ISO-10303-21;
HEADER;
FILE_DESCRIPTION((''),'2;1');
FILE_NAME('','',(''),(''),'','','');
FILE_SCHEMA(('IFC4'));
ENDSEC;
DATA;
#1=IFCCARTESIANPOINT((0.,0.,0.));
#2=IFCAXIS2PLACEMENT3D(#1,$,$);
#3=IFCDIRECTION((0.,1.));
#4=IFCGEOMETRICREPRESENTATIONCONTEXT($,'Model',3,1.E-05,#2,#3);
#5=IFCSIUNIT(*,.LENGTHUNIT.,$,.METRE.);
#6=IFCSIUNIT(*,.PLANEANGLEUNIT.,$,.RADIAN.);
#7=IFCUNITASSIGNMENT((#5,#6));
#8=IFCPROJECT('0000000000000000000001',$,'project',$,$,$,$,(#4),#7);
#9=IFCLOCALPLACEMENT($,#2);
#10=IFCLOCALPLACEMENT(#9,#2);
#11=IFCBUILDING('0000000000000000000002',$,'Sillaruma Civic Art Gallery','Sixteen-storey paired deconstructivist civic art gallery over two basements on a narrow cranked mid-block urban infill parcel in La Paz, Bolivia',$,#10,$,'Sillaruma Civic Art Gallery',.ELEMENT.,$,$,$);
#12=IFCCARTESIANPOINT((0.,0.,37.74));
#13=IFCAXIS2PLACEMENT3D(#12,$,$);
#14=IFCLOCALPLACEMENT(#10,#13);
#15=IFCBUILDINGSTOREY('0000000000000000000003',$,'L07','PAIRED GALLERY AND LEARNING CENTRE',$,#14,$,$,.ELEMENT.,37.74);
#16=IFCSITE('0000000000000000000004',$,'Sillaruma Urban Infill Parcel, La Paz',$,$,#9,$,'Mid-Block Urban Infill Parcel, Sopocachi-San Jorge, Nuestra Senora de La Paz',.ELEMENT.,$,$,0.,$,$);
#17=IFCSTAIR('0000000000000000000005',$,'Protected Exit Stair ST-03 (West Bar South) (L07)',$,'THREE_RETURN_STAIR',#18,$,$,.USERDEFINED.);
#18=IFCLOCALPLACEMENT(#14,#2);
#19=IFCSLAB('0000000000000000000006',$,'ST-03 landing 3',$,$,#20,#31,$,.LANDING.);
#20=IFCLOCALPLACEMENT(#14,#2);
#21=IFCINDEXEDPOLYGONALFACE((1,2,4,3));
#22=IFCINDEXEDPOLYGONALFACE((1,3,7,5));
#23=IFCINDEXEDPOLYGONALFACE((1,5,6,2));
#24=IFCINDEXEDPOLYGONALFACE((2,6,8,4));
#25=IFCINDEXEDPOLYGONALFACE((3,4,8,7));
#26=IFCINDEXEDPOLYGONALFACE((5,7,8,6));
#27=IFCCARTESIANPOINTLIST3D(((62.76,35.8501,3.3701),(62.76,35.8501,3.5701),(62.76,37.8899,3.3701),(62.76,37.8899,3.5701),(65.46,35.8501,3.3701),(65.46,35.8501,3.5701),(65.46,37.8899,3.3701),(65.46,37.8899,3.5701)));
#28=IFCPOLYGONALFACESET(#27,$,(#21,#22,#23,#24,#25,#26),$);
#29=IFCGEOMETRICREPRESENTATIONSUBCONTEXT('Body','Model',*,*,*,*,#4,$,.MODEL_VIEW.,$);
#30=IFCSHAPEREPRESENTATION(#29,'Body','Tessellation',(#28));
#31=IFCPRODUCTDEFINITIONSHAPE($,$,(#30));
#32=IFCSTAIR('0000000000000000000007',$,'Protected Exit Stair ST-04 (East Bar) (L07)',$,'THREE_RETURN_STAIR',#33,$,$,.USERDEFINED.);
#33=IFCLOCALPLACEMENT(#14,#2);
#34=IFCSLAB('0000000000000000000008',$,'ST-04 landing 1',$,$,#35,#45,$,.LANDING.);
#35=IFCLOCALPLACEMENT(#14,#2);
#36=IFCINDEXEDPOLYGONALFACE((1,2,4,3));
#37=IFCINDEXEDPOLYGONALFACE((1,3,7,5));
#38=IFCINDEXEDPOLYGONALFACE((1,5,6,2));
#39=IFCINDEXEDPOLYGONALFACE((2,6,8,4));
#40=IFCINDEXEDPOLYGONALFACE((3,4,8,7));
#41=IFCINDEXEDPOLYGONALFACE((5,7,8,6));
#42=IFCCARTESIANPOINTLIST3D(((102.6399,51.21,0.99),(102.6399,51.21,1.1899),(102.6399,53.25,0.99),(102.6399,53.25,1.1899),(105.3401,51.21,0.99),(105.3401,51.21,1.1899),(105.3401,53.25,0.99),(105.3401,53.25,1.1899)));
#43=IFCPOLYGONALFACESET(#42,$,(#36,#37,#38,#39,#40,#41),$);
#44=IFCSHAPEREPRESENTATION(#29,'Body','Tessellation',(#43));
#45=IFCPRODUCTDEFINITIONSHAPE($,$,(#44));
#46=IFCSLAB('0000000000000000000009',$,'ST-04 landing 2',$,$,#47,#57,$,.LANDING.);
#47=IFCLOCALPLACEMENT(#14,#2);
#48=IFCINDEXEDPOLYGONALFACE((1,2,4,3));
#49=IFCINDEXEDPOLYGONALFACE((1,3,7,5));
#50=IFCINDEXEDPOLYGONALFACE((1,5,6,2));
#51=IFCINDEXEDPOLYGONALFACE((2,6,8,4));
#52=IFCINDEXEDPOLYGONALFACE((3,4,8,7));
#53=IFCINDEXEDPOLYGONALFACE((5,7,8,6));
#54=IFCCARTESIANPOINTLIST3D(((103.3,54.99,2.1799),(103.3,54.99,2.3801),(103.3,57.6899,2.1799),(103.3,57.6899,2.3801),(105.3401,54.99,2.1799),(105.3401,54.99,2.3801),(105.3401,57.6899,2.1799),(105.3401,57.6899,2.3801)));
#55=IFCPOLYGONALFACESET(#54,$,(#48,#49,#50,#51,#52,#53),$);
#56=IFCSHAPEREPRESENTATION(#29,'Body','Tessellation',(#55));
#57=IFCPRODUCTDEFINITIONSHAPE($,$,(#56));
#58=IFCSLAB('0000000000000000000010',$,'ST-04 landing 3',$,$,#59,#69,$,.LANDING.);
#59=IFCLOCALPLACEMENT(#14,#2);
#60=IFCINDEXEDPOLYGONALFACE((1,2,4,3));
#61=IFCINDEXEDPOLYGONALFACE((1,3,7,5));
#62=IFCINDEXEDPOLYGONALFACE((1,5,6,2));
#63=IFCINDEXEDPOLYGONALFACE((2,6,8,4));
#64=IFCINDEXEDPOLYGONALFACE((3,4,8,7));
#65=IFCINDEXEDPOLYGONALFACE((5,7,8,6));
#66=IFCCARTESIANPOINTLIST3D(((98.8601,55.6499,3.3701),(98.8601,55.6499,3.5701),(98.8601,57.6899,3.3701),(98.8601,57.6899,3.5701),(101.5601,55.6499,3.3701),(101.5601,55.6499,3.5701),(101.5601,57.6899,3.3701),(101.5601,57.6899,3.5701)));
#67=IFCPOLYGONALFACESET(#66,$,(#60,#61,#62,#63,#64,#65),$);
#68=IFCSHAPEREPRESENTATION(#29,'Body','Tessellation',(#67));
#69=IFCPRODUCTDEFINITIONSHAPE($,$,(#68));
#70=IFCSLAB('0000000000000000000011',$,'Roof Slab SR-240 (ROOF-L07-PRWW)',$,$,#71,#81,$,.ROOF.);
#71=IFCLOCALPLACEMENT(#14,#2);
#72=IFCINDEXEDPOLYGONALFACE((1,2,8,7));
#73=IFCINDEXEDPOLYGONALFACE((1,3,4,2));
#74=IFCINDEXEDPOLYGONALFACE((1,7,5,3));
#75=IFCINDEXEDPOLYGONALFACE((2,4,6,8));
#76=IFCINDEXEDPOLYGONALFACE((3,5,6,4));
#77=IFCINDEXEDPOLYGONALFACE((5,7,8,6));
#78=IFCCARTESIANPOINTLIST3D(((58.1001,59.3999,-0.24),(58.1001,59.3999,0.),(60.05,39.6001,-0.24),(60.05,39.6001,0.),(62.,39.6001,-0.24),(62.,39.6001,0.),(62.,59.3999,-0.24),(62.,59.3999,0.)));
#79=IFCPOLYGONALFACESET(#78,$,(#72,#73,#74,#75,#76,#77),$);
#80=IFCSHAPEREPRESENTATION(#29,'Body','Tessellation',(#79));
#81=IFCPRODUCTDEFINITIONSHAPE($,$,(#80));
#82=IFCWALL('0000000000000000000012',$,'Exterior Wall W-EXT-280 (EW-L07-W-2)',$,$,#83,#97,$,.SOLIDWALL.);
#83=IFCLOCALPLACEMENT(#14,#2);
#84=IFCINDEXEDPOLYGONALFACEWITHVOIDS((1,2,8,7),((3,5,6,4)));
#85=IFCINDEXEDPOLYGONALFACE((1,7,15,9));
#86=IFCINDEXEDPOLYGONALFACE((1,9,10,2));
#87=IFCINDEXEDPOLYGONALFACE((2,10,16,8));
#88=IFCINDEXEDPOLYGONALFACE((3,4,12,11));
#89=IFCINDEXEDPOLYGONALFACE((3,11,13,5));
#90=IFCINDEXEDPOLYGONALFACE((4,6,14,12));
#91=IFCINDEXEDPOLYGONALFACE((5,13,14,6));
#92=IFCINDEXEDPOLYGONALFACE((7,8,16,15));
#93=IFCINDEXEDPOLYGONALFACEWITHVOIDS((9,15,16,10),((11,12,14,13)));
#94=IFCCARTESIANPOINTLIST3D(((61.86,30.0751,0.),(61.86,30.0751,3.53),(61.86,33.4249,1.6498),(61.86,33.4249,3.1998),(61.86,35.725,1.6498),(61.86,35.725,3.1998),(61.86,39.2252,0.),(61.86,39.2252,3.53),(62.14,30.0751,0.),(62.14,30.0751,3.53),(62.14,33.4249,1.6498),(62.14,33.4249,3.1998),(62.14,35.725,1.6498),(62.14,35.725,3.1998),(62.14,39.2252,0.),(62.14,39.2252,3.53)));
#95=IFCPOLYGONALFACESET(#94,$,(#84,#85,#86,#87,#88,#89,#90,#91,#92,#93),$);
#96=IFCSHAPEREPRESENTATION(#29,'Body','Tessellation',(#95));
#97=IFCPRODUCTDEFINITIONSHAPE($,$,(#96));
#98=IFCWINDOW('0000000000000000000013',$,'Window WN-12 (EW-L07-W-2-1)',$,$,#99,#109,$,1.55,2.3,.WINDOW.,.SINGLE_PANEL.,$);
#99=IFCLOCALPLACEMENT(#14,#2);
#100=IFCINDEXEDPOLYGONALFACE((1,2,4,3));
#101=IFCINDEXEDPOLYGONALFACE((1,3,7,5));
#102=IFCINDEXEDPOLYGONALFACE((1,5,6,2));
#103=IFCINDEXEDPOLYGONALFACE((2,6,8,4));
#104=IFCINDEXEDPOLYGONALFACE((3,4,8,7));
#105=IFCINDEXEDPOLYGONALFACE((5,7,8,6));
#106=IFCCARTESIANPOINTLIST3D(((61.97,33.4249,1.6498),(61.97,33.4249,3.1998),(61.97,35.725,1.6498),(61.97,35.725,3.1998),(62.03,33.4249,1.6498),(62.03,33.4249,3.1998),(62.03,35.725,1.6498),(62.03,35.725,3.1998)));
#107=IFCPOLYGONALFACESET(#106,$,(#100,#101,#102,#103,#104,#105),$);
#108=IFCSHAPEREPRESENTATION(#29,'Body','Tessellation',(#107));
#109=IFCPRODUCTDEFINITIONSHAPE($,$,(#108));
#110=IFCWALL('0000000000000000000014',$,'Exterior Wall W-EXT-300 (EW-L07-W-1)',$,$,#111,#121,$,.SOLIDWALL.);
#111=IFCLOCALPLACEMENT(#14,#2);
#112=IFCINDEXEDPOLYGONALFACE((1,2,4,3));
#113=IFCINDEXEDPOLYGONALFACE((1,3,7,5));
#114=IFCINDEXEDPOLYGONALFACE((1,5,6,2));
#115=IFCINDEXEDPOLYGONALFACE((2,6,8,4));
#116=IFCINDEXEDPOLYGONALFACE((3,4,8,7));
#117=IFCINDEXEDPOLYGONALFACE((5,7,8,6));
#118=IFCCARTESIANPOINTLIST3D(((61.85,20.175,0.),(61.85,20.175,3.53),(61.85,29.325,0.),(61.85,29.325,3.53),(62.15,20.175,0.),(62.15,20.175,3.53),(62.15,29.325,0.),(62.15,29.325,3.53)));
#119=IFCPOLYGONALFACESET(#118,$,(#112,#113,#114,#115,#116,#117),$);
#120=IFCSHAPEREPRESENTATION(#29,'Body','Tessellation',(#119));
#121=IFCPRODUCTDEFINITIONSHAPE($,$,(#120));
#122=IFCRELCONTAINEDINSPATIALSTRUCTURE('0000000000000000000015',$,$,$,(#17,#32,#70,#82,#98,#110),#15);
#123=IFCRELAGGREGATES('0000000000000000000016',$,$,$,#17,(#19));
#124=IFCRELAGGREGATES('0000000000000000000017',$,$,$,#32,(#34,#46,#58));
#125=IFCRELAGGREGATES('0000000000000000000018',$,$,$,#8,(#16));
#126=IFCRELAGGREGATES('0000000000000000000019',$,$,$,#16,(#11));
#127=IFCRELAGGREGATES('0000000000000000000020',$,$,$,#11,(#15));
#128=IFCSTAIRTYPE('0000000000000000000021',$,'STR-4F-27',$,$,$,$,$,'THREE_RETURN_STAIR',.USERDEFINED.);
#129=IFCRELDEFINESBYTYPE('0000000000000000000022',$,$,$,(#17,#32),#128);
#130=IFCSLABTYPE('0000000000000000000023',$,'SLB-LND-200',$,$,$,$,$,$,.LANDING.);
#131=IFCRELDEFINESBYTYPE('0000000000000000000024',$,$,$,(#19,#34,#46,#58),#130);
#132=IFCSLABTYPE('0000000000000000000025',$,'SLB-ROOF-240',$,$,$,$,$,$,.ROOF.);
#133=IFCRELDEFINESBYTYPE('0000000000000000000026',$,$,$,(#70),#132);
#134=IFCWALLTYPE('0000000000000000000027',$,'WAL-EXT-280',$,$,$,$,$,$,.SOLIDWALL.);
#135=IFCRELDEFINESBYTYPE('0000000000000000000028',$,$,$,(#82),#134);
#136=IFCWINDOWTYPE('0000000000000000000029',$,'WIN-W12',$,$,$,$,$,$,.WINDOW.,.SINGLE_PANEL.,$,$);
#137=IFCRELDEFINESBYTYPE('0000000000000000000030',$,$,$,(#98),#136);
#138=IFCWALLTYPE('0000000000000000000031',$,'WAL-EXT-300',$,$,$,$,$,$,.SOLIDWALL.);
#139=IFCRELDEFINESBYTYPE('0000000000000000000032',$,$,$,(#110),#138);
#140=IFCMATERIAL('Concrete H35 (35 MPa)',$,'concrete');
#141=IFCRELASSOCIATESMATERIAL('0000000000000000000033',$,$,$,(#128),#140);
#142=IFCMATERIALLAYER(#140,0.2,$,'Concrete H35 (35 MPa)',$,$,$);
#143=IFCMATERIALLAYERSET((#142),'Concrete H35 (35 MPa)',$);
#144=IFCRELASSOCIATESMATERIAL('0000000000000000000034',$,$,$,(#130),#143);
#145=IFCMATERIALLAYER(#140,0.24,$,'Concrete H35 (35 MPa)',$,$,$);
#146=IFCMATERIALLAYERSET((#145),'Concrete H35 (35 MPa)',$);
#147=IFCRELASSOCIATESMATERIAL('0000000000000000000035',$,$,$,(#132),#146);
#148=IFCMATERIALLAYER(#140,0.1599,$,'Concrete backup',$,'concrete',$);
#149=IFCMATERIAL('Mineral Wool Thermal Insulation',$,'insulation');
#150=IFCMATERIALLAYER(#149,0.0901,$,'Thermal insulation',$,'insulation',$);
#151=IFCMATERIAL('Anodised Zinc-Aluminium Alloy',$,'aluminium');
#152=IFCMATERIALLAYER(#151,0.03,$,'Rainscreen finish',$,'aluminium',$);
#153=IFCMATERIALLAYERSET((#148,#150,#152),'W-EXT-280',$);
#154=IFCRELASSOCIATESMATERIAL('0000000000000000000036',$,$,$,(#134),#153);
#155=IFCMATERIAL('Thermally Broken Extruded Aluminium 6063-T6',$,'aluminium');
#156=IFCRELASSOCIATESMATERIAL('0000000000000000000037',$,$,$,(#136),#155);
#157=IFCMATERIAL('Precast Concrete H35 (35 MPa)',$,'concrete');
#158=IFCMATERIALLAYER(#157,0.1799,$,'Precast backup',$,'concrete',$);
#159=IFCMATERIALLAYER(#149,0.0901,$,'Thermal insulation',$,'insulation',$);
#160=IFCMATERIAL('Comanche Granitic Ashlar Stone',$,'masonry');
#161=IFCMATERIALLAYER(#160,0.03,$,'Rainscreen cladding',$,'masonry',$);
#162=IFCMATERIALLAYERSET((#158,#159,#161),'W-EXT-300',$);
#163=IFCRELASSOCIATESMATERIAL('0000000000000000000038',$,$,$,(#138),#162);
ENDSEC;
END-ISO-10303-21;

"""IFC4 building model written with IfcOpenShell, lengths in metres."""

from ifc_helpers import new_model, si_unit, direction, frame, frame_2d, origin, place, context, subcontext, project, spatial, polyline, rectangle, outline, extrude, material, layer, layer_set, type_object, element, fill, aggregate, save


model = new_model("IFC4")

# Units and contexts
model_context = context("Model", 3, precision=1e-05, world=origin(), true_north=direction((0.0, 1.0)))
body_context = subcontext(model_context, "Body", "Model", "MODEL_VIEW")
ifc_project = project(units=[si_unit("LENGTHUNIT", "METRE"), si_unit("PLANEANGLEUNIT", "RADIAN")], contexts=[model_context])

# Site, building, storey
site_placement = place(None, origin())
site = spatial("IfcSite", under=ifc_project, at=site_placement, Name="Sillaruma Urban Infill Parcel, La Paz", LongName="Mid-Block Urban Infill Parcel, Sopocachi-San Jorge, Nuestra Senora de La Paz", CompositionType="ELEMENT", RefElevation=0.0)
building_placement = place(site_placement, origin())
building = spatial("IfcBuilding", under=site, at=building_placement, Name="Sillaruma Civic Art Gallery", Description="Sixteen-storey paired deconstructivist civic art gallery over two basements on a narrow cranked mid-block urban infill parcel in La Paz, Bolivia", LongName="Sillaruma Civic Art Gallery", CompositionType="ELEMENT")
storey_placement = place(building_placement, frame((0.0, 0.0, 37.74)))
storey = spatial("IfcBuildingStorey", under=building, at=storey_placement, Name="L07", Description="PAIRED GALLERY AND LEARNING CENTRE", CompositionType="ELEMENT", Elevation=37.74)

# Shared definitions
ifc_material_1 = material(Name="Concrete H35 (35 MPa)", Category="concrete")

# Shared definitions
ifc_material_2 = material(Name="Thermally Broken Extruded Aluminium 6063-T6", Category="aluminium")

# Stairs, slabs
stair_type_1 = type_object("IfcStairType", Name="STR-4F-27", ElementType="THREE_RETURN_STAIR", PredefinedType="USERDEFINED", material=ifc_material_1)
ifc_layer_1 = layer(ifc_material_1, 0.2, Name="Concrete H35 (35 MPa)")
ifc_layer_set_1 = layer_set([ifc_layer_1], Name="Concrete H35 (35 MPa)")
slab_type_1 = type_object("IfcSlabType", Name="SLB-LND-200", PredefinedType="LANDING", material=ifc_layer_set_1)
stair_1_placement = place(storey_placement, origin())
stair_1 = element("IfcStair", 1, at=stair_1_placement, inside=storey, type_object=stair_type_1, Name="Protected Exit Stair ST-03 (West Bar South) (L07)", ObjectType="THREE_RETURN_STAIR", PredefinedType="USERDEFINED")
slab_1_placement = place(storey_placement, frame((0.0, 0.0, 3.3701)))
slab_1 = element("IfcSlab", 2, at=slab_1_placement, type_object=slab_type_1, Name="ST-03 landing 3", PredefinedType="LANDING", context=body_context, shape_type="SweptSolid", body=[
    extrude(outline(polyline([(62.76, 35.8501), (65.46, 35.8501), (65.46, 37.8899), (62.76, 37.8899), (62.76, 35.8501)])), origin(), (0.0, 0.0, 1.0), 0.2),
])
aggregate(stair_1, [slab_1])
stair_2_placement = place(storey_placement, origin())
stair_2 = element("IfcStair", 3, at=stair_2_placement, inside=storey, type_object=stair_type_1, Name="Protected Exit Stair ST-04 (East Bar) (L07)", ObjectType="THREE_RETURN_STAIR", PredefinedType="USERDEFINED")
slab_2_placement = place(storey_placement, frame((0.0, 0.0, 0.99)))
slab_2 = element("IfcSlab", 4, at=slab_2_placement, type_object=slab_type_1, Name="ST-04 landing 1", PredefinedType="LANDING", context=body_context, shape_type="SweptSolid", body=[
    extrude(outline(polyline([(102.6399, 51.21), (105.3401, 51.21), (105.3401, 53.25), (102.6399, 53.25), (102.6399, 51.21)])), origin(), (0.0, 0.0, 1.0), 0.2),
])
slab_3_placement = place(storey_placement, frame((0.0, 0.0, 2.1799)))
slab_3 = element("IfcSlab", 5, at=slab_3_placement, type_object=slab_type_1, Name="ST-04 landing 2", PredefinedType="LANDING", context=body_context, shape_type="SweptSolid", body=[
    extrude(outline(polyline([(103.3, 54.99), (105.3401, 54.99), (105.3401, 57.6899), (103.3, 57.6899), (103.3, 54.99)])), origin(), (0.0, 0.0, 1.0), 0.2002),
])
slab_4_placement = place(storey_placement, frame((0.0, 0.0, 3.3701)))
slab_4 = element("IfcSlab", 6, at=slab_4_placement, type_object=slab_type_1, Name="ST-04 landing 3", PredefinedType="LANDING", context=body_context, shape_type="SweptSolid", body=[
    extrude(outline(polyline([(98.8601, 55.6499), (101.5601, 55.6499), (101.5601, 57.6899), (98.8601, 57.6899), (98.8601, 55.6499)])), origin(), (0.0, 0.0, 1.0), 0.2),
])
aggregate(stair_2, [slab_2, slab_3, slab_4])

# Slab
ifc_layer_2 = layer(ifc_material_1, 0.24, Name="Concrete H35 (35 MPa)")
ifc_layer_set_2 = layer_set([ifc_layer_2], Name="Concrete H35 (35 MPa)")
slab_type_2 = type_object("IfcSlabType", Name="SLB-ROOF-240", PredefinedType="ROOF", material=ifc_layer_set_2)
slab_5_placement = place(storey_placement, frame((0.0, 0.0, -0.24)))
element("IfcSlab", 7, at=slab_5_placement, inside=storey, type_object=slab_type_2, Name="Roof Slab SR-240 (ROOF-L07-PRWW)", PredefinedType="ROOF", context=body_context, shape_type="SweptSolid", body=[
    extrude(outline(polyline([(62.0, 39.6001), (62.0, 59.3999), (58.1001, 59.3999), (60.05, 39.6001), (62.0, 39.6001)])), origin(), (0.0, 0.0, 1.0), 0.24),
])

# Wall, opening, window
ifc_layer_3 = layer(ifc_material_1, 0.1599, Name="Concrete backup", Category="concrete")
ifc_material_3 = material(Name="Mineral Wool Thermal Insulation", Category="insulation")
ifc_layer_4 = layer(ifc_material_3, 0.0901, Name="Thermal insulation", Category="insulation")
ifc_material_4 = material(Name="Anodised Zinc-Aluminium Alloy", Category="aluminium")
ifc_layer_5 = layer(ifc_material_4, 0.03, Name="Rainscreen finish", Category="aluminium")
ifc_layer_set_3 = layer_set([ifc_layer_3, ifc_layer_4, ifc_layer_5], Name="W-EXT-280")
wall_type_1 = type_object("IfcWallType", Name="WAL-EXT-280", PredefinedType="SOLIDWALL", material=ifc_layer_set_3)
wall_1_placement = place(storey_placement, frame((62.0, 30.075, 0.0), z_axis=(0.0, 0.0, 1.0), x_axis=(0.0, 1.0, 0.0)))
wall_1 = element("IfcWall", 8, at=wall_1_placement, inside=storey, type_object=wall_type_1, Name="Exterior Wall W-EXT-280 (EW-L07-W-2)", PredefinedType="SOLIDWALL", context=body_context, shape_type="SweptSolid", body=[
    extrude(rectangle(XDim=9.1501, YDim=0.28, at=frame_2d((4.5752, 0.0))), origin(), (0.0, 0.0, 1.0), 3.53),
])
opening_placement = place(wall_1_placement, frame((3.3501, 0.0, 1.6499)))
opening = element("IfcOpeningElement", 9, at=opening_placement, cuts=wall_1, PredefinedType="OPENING", context=body_context, shape_type="SweptSolid", body=[
    extrude(rectangle(XDim=2.3, YDim=1.55, at=frame_2d((1.1499, 0.7749))), frame((0.0, 0.1499, 0.0), z_axis=(0.0, -1.0, 0.0), x_axis=(1.0, 0.0, 0.0)), (0.0, 0.0, 1.0), 0.3),
])
window_type = type_object("IfcWindowType", Name="WIN-W12", PartitioningType="SINGLE_PANEL", PredefinedType="WINDOW", material=ifc_material_2)
window_placement = place(opening_placement, origin())
window = element("IfcWindow", 10, at=window_placement, inside=storey, type_object=window_type, Name="Window WN-12 (EW-L07-W-2-1)", OverallHeight=1.55, OverallWidth=2.3, PartitioningType="SINGLE_PANEL", PredefinedType="WINDOW", context=body_context, shape_type="SweptSolid", body=[
    extrude(rectangle(XDim=2.3, YDim=1.55, at=frame_2d((1.1499, 0.7749))), frame((0.0, 0.03, 0.0), z_axis=(0.0, -1.0, 0.0), x_axis=(1.0, 0.0, 0.0)), (0.0, 0.0, 1.0), 0.0601),
])
fill(opening, window)

# Wall
ifc_material_5 = material(Name="Precast Concrete H35 (35 MPa)", Category="concrete")
ifc_layer_6 = layer(ifc_material_5, 0.1799, Name="Precast backup", Category="concrete")
ifc_layer_7 = layer(ifc_material_3, 0.0901, Name="Thermal insulation", Category="insulation")
ifc_material_6 = material(Name="Comanche Granitic Ashlar Stone", Category="masonry")
ifc_layer_8 = layer(ifc_material_6, 0.03, Name="Rainscreen cladding", Category="masonry")
ifc_layer_set_4 = layer_set([ifc_layer_6, ifc_layer_7, ifc_layer_8], Name="W-EXT-300")
wall_type_2 = type_object("IfcWallType", Name="WAL-EXT-300", PredefinedType="SOLIDWALL", material=ifc_layer_set_4)
wall_2_placement = place(storey_placement, frame((62.0, 20.175, 0.0), z_axis=(0.0, 0.0, 1.0), x_axis=(0.0, 1.0, 0.0)))
element("IfcWall", 11, at=wall_2_placement, inside=storey, type_object=wall_type_2, Name="Exterior Wall W-EXT-300 (EW-L07-W-1)", PredefinedType="SOLIDWALL", context=body_context, shape_type="SweptSolid", body=[
    extrude(rectangle(XDim=9.1499, YDim=0.3, at=frame_2d((4.575, 0.0))), origin(), (0.0, 0.0, 1.0), 3.53),
])

save(model, "model.ifc")
